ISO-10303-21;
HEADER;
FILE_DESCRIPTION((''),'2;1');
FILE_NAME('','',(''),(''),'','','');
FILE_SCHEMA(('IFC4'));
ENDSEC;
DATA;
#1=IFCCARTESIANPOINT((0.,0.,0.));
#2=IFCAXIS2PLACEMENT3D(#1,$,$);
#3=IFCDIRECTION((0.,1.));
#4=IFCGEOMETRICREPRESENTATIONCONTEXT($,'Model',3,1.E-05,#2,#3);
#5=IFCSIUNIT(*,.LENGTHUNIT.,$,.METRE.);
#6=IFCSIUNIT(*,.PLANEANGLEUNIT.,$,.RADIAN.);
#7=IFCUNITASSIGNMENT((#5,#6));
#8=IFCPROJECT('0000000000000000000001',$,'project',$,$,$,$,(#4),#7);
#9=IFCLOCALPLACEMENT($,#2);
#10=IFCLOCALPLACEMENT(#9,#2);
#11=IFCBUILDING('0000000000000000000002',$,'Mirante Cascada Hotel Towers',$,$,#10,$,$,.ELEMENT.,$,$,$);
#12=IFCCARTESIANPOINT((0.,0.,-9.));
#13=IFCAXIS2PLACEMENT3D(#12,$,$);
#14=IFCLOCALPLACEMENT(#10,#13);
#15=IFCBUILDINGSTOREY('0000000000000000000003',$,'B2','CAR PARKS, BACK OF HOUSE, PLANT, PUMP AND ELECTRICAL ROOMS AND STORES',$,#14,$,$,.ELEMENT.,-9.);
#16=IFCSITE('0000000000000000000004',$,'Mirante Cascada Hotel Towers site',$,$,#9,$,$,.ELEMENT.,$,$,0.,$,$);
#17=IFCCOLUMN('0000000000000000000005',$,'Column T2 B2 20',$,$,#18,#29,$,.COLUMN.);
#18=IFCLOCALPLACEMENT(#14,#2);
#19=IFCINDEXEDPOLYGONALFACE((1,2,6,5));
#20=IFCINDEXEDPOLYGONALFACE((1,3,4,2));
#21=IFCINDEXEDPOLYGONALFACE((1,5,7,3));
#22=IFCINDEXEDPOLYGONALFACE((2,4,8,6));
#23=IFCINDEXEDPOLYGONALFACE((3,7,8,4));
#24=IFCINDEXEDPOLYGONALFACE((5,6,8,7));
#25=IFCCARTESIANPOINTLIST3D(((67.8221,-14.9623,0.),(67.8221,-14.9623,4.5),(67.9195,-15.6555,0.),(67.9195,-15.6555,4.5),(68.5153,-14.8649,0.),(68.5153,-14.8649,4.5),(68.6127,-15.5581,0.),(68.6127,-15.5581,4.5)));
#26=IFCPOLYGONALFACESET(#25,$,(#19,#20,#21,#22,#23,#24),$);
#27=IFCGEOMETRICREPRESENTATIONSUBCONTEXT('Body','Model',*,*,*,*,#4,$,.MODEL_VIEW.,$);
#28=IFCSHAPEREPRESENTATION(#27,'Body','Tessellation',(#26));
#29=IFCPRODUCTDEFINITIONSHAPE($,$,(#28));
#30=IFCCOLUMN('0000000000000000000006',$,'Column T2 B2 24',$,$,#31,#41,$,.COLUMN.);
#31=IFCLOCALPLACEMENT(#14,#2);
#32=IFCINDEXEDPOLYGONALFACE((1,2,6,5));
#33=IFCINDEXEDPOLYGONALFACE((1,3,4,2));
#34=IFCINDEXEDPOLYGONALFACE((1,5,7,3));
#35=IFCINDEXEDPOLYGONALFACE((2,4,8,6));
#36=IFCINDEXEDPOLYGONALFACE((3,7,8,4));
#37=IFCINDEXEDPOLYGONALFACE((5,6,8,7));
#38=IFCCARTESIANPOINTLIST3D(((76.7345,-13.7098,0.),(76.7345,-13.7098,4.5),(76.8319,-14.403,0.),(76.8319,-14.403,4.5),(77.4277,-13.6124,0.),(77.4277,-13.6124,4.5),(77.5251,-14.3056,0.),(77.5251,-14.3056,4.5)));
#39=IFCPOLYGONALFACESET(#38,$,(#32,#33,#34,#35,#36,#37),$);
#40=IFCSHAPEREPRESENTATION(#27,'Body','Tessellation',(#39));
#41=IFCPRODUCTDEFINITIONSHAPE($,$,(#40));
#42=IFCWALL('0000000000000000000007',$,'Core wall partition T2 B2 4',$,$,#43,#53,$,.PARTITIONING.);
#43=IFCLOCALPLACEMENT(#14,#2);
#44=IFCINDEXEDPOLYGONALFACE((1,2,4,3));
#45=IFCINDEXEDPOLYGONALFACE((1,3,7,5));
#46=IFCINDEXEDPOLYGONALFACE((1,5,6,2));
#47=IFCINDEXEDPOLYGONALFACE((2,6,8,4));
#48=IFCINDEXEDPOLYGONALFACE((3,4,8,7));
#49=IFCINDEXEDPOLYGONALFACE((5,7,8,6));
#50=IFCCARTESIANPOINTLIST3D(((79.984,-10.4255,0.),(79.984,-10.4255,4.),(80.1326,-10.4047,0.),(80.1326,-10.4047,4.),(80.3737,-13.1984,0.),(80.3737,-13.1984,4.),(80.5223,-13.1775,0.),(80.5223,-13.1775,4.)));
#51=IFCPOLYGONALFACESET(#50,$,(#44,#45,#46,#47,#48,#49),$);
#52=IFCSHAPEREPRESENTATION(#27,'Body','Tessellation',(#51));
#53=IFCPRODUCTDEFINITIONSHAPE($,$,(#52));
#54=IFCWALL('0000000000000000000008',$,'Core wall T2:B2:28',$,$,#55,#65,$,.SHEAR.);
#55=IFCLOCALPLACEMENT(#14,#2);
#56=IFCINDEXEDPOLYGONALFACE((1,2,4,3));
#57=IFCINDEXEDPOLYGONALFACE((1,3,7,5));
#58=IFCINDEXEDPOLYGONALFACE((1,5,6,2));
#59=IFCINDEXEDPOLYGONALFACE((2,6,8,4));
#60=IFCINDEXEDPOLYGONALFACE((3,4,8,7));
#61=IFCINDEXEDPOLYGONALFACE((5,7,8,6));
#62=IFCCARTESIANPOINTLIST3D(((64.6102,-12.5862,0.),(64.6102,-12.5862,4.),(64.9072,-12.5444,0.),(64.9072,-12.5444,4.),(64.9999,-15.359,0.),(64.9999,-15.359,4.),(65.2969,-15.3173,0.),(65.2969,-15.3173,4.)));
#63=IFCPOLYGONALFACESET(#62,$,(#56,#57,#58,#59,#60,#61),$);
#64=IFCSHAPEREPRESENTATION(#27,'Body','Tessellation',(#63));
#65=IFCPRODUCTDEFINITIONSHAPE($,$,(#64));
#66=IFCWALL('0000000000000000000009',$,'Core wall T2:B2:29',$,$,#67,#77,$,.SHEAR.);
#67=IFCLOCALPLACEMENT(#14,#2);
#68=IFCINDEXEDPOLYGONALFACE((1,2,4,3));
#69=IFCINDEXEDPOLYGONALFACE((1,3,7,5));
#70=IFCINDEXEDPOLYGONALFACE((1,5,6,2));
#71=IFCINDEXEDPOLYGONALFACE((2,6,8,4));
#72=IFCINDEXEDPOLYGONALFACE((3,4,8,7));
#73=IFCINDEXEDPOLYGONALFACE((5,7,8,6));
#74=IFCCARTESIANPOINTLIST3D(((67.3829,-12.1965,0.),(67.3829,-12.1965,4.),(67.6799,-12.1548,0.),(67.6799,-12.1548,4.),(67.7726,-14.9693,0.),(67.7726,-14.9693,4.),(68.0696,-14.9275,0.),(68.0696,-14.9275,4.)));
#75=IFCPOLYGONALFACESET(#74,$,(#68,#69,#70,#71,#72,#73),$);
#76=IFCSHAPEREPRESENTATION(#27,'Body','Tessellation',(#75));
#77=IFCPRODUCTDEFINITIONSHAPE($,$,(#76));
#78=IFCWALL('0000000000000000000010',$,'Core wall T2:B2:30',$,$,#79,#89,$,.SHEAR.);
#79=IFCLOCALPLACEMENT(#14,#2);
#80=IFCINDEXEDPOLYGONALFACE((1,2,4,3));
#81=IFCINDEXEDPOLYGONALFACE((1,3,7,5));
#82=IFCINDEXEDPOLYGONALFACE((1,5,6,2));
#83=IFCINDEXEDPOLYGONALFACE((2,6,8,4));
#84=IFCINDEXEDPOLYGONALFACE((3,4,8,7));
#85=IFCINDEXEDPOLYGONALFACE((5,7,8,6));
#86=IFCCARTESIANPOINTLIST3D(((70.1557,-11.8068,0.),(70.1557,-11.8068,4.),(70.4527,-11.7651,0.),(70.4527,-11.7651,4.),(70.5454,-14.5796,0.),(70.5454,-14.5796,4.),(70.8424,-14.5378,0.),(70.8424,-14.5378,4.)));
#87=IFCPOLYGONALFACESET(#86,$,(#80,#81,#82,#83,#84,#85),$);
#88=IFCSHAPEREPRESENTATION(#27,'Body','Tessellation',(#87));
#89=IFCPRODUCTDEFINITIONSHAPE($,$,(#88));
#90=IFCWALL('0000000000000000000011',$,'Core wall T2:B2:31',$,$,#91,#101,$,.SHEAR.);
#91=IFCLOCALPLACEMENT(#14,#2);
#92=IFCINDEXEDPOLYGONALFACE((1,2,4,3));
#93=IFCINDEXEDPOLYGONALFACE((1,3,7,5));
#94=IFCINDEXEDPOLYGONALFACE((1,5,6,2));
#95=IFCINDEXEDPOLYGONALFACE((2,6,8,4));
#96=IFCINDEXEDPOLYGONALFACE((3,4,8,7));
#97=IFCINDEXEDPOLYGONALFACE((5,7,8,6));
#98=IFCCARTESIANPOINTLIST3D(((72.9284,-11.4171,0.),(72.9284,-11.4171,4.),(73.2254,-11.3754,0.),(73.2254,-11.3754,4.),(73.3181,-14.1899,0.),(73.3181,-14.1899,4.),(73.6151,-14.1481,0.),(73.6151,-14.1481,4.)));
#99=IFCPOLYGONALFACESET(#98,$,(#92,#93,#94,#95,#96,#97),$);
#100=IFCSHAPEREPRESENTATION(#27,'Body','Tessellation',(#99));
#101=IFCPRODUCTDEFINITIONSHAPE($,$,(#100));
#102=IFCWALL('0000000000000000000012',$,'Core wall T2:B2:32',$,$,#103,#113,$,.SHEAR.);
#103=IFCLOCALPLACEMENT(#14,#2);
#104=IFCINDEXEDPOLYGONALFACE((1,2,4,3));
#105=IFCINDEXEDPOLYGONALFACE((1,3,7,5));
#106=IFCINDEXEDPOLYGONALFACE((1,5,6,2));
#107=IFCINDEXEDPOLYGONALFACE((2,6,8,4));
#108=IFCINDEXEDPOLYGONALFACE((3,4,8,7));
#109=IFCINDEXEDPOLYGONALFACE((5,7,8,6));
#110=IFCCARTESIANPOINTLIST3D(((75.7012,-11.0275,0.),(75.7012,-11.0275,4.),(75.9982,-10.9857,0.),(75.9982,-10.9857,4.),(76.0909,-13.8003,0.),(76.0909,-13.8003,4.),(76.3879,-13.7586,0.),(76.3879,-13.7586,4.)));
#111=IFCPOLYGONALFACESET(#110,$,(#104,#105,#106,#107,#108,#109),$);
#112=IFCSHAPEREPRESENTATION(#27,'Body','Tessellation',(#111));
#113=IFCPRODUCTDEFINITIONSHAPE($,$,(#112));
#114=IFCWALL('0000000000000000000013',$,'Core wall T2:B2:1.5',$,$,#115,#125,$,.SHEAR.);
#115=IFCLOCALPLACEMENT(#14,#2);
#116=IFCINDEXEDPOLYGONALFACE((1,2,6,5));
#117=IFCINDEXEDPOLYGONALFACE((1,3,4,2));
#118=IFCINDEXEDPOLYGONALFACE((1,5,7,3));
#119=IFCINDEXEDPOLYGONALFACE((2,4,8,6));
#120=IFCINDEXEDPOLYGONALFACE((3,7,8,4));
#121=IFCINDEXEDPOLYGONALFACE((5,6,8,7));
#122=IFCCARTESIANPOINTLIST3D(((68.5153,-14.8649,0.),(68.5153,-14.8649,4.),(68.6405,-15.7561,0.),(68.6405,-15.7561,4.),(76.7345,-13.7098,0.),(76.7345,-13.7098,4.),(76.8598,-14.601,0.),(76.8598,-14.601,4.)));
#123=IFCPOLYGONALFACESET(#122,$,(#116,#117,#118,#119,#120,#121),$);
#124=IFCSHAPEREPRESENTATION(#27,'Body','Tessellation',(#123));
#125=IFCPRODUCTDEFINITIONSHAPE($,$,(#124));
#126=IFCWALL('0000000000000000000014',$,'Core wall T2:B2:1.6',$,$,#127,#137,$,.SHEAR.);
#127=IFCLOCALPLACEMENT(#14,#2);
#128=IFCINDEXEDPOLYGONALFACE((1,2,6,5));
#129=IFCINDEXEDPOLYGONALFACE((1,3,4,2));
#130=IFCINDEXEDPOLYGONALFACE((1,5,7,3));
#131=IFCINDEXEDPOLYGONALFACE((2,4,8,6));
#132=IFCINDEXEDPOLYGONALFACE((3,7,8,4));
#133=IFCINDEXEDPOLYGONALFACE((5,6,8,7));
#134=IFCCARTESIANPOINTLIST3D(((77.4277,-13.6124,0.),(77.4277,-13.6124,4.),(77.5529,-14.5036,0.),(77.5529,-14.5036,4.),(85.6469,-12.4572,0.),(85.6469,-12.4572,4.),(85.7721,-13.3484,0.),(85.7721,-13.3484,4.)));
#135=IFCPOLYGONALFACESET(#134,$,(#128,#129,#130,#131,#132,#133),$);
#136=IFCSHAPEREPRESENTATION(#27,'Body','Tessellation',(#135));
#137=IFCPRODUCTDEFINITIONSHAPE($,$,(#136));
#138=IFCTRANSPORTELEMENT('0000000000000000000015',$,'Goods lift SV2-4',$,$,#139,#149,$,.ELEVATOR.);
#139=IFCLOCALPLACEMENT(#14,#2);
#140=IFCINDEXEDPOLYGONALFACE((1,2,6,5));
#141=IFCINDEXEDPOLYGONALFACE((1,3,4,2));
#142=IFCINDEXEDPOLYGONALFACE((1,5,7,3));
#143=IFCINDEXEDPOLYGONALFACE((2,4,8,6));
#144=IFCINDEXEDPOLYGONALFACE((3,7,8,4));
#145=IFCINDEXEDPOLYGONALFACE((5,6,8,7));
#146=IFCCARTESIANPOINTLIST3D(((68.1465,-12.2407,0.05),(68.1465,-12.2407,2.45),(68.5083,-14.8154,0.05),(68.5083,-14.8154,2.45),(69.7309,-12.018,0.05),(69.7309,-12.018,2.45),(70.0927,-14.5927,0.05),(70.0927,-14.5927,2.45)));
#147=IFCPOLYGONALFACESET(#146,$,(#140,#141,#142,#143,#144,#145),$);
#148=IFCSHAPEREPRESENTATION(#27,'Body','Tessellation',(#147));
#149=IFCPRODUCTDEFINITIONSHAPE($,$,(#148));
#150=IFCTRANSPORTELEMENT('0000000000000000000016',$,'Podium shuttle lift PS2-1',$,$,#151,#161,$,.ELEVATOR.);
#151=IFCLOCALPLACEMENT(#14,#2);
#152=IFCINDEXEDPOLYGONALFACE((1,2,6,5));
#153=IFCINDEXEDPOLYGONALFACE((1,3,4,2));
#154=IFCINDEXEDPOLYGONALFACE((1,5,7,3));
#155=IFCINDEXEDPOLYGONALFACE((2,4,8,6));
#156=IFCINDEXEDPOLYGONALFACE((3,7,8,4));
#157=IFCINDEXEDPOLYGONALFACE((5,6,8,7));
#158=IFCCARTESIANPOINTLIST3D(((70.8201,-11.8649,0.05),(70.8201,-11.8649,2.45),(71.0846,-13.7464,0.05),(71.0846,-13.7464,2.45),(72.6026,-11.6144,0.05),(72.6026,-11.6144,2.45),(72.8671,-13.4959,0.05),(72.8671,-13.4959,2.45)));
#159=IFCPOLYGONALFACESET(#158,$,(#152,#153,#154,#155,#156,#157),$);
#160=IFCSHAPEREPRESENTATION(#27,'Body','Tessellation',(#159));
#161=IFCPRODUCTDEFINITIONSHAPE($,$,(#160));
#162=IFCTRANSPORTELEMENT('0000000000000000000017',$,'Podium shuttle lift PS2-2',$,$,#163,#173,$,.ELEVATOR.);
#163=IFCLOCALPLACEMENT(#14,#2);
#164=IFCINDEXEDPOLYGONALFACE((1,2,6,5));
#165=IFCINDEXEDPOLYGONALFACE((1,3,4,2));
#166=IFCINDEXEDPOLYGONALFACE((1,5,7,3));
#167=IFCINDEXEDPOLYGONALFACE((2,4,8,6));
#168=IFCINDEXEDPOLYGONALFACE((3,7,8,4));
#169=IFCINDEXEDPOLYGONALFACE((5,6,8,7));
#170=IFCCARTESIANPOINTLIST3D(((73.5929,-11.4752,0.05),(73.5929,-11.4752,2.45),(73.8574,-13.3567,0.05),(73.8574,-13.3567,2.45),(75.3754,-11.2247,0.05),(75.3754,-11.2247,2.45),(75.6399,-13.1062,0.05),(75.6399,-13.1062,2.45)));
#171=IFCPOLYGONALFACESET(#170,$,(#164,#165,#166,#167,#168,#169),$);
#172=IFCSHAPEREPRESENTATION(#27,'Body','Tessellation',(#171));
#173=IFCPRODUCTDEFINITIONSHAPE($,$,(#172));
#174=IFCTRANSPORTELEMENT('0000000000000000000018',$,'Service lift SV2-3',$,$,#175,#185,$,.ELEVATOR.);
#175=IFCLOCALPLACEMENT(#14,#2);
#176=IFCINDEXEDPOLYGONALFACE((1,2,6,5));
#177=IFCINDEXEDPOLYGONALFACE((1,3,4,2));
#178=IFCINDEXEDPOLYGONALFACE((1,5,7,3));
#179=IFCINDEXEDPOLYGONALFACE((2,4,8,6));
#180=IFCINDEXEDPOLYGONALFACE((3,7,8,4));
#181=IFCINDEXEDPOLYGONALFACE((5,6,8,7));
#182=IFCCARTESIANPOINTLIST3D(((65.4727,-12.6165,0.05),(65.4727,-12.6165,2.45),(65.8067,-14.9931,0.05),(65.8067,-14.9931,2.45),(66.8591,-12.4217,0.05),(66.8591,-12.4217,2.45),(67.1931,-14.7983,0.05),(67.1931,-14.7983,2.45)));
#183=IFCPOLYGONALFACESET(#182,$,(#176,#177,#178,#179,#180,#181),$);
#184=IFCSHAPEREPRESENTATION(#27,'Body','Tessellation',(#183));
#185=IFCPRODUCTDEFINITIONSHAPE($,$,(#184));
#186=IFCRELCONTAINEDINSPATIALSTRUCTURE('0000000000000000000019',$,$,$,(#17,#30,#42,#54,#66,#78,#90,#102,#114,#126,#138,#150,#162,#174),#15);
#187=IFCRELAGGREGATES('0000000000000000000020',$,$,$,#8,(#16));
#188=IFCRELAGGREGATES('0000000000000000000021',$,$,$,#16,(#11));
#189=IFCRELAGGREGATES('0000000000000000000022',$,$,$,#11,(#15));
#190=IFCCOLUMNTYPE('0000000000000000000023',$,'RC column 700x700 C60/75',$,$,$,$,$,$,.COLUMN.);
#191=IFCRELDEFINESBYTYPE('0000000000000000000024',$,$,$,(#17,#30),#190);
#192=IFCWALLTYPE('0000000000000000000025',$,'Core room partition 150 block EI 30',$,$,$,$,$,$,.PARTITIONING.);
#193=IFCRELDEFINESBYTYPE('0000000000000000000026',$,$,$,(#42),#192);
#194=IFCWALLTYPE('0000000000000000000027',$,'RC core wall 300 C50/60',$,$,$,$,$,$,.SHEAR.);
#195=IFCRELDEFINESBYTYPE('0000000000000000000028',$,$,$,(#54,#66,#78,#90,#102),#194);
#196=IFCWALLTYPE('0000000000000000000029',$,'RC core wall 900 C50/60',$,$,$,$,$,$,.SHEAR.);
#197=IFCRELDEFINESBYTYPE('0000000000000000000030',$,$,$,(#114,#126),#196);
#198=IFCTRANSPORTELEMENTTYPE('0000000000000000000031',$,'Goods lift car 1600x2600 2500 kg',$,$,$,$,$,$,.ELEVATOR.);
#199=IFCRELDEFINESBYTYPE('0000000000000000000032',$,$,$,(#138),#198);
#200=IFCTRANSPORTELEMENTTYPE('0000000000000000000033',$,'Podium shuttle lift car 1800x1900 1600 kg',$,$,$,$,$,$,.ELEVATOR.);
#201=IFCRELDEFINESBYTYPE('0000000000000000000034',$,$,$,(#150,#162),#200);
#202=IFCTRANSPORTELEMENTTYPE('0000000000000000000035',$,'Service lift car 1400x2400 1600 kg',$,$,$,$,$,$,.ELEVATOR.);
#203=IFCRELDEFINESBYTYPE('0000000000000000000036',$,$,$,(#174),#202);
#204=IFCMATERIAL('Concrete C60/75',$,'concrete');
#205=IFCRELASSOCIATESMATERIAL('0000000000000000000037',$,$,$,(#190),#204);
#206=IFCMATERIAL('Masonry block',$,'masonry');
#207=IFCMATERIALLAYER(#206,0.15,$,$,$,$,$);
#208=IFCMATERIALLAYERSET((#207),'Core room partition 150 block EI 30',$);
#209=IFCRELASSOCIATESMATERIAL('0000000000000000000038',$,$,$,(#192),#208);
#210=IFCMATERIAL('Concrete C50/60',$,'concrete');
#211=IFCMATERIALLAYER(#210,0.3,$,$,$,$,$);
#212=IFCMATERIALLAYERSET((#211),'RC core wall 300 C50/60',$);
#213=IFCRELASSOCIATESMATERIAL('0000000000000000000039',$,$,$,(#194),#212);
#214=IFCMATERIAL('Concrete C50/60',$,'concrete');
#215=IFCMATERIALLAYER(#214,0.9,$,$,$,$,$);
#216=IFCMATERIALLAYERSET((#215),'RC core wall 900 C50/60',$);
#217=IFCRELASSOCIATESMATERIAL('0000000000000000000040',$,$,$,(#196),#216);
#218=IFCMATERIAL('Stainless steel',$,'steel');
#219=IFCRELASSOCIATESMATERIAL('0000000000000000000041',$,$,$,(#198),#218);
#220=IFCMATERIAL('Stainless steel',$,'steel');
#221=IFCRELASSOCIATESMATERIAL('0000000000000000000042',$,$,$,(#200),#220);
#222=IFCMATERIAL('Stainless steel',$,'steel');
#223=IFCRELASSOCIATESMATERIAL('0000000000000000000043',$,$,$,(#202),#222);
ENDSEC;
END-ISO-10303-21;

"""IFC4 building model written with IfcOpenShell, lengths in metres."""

from ifc_helpers import new_model, si_unit, direction, frame, frame_2d, origin, origin_2d, place, context, subcontext, project, spatial, rectangle, extrude, material, layer, layer_set, material_profile, profile_set, type_object, element, save


model = new_model("IFC4")

# Units and contexts
model_context = context("Model", 3, precision=1e-05, world=origin(), true_north=direction((0.0, 1.0)))
body_context = subcontext(model_context, "Body", "Model", "MODEL_VIEW")
ifc_project = project(units=[si_unit("LENGTHUNIT", "METRE"), si_unit("PLANEANGLEUNIT", "RADIAN")], contexts=[model_context])

# Site, building, storey
site_placement = place(None, origin())
site = spatial("IfcSite", under=ifc_project, at=site_placement, Name="Mirante Cascada Hotel Towers site", CompositionType="ELEMENT", RefElevation=0.0)
building_placement = place(site_placement, origin())
building = spatial("IfcBuilding", under=site, at=building_placement, Name="Mirante Cascada Hotel Towers", CompositionType="ELEMENT")
storey_placement = place(building_placement, frame((0.0, 0.0, -9.0)))
storey = spatial("IfcBuildingStorey", under=building, at=storey_placement, Name="B2", Description="CAR PARKS, BACK OF HOUSE, PLANT, PUMP AND ELECTRICAL ROOMS AND STORES", CompositionType="ELEMENT", Elevation=-9.0)

# Columns
ifc_material_1 = material(Name="Concrete C60/75", Category="concrete")
ifc_material_profile_1 = material_profile(ifc_material_1, rectangle(XDim=0.7, YDim=0.7, at=origin_2d()), Name="RC column 700x700 C60/75")
ifc_profile_set_1 = profile_set([ifc_material_profile_1], Name="Concrete C60/75")
column_type_1 = type_object("IfcColumnType", Name="RC column 700x700 C60/75", PredefinedType="COLUMN", material=ifc_profile_set_1)
for number, where, z_axis, x_axis, name in (
    (1, (68.2174, -15.2602, 0.0), (0.0, 0.0, 1.0), (0.990268, 0.139173, 0.0), "Column T2 B2 20"),
    (2, (77.1298, -14.0077, 0.0), (0.0, 0.0, 1.0), (0.990268, 0.139173, 0.0), "Column T2 B2 24"),
):
    element("IfcColumn", number, at=place(storey_placement, frame(where, z_axis=z_axis, x_axis=x_axis)), inside=storey, type_object=column_type_1, Name=name, PredefinedType="COLUMN", context=body_context, shape_type="SweptSolid", body=[
        extrude(rectangle(XDim=0.7, YDim=0.7, at=origin_2d()), origin(), (0.0, 0.0, 1.0), 4.5),
    ])

# Walls
ifc_material_2 = material(Name="Masonry block", Category="masonry")
ifc_layer_1 = layer(ifc_material_2, 0.15)
ifc_layer_set_1 = layer_set([ifc_layer_1], Name="Core room partition 150 block EI 30")
wall_type_1 = type_object("IfcWallType", Name="Core room partition 150 block EI 30", PredefinedType="PARTITIONING", material=ifc_layer_set_1)
wall_1_placement = place(storey_placement, frame((80.448, -13.1879, 0.0), z_axis=(0.0, 0.0, 1.0), x_axis=(-0.139176, 0.990268, 0.0)))
element("IfcWall", 3, at=wall_1_placement, inside=storey, type_object=wall_type_1, Name="Core wall partition T2 B2 4", PredefinedType="PARTITIONING", context=body_context, shape_type="SweptSolid", body=[
    extrude(rectangle(XDim=2.8001, YDim=0.15, at=frame_2d((1.4, 0.0))), origin(), (0.0, 0.0, 1.0), 4.0),
])
ifc_material_3 = material(Name="Concrete C50/60", Category="concrete")
ifc_layer_2 = layer(ifc_material_3, 0.3)
ifc_layer_set_2 = layer_set([ifc_layer_2], Name="RC core wall 300 C50/60")
wall_type_2 = type_object("IfcWallType", Name="RC core wall 300 C50/60", PredefinedType="SHEAR", material=ifc_layer_set_2)
wall_2_placement = place(storey_placement, frame((65.1484, -15.3381, 0.0), z_axis=(0.0, 0.0, 1.0), x_axis=(-0.139176, 0.990268, 0.0)))
element("IfcWall", 4, at=wall_2_placement, inside=storey, type_object=wall_type_2, Name="Core wall T2:B2:28", PredefinedType="SHEAR", context=body_context, shape_type="SweptSolid", body=[
    extrude(rectangle(XDim=2.8001, YDim=0.3, at=frame_2d((1.4, 0.0))), origin(), (0.0, 0.0, 1.0), 4.0),
])
for number, where, z_axis, x_axis, name in (
    (5, (67.9211, -14.9484, 0.0), (0.0, 0.0, 1.0), (-0.139181, 0.990267, 0.0), "Core wall T2:B2:29"),
    (6, (70.6939, -14.5587, 0.0), (0.0, 0.0, 1.0), (-0.139181, 0.990267, 0.0), "Core wall T2:B2:30"),
    (7, (73.4666, -14.169, 0.0), (0.0, 0.0, 1.0), (-0.139181, 0.990267, 0.0), "Core wall T2:B2:31"),
):
    element("IfcWall", number, at=place(storey_placement, frame(where, z_axis=z_axis, x_axis=x_axis)), inside=storey, type_object=wall_type_2, Name=name, PredefinedType="SHEAR", context=body_context, shape_type="SweptSolid", body=[
        extrude(rectangle(XDim=2.8, YDim=0.3, at=frame_2d((1.4, 0.0))), origin(), (0.0, 0.0, 1.0), 4.0),
    ])
wall_3_placement = place(storey_placement, frame((76.2394, -13.7794, 0.0), z_axis=(0.0, 0.0, 1.0), x_axis=(-0.139176, 0.990268, 0.0)))
element("IfcWall", 8, at=wall_3_placement, inside=storey, type_object=wall_type_2, Name="Core wall T2:B2:32", PredefinedType="SHEAR", context=body_context, shape_type="SweptSolid", body=[
    extrude(rectangle(XDim=2.8001, YDim=0.3, at=frame_2d((1.4, 0.0))), origin(), (0.0, 0.0, 1.0), 4.0),
])
ifc_material_4 = material(Name="Concrete C50/60", Category="concrete")
ifc_layer_3 = layer(ifc_material_4, 0.9)
ifc_layer_set_3 = layer_set([ifc_layer_3], Name="RC core wall 900 C50/60")
wall_type_3 = type_object("IfcWallType", Name="RC core wall 900 C50/60", PredefinedType="SHEAR", material=ifc_layer_set_3)
for number, where, z_axis, x_axis, name in (
    (9, (68.5779, -15.3105, 0.0), (0.0, 0.0, 1.0), (0.990269, 0.139169, 0.0), "Core wall T2:B2:1.5"),
    (10, (77.4903, -14.058, 0.0), (0.0, 0.0, 1.0), (0.990267, 0.139181, 0.0), "Core wall T2:B2:1.6"),
):
    element("IfcWall", number, at=place(storey_placement, frame(where, z_axis=z_axis, x_axis=x_axis)), inside=storey, type_object=wall_type_3, Name=name, PredefinedType="SHEAR", context=body_context, shape_type="SweptSolid", body=[
        extrude(rectangle(XDim=8.3, YDim=0.9, at=frame_2d((4.15, 0.0))), origin(), (0.0, 0.0, 1.0), 4.0),
    ])

# Transport elements
ifc_material_5 = material(Name="Stainless steel", Category="steel")
transport_element_type_1 = type_object("IfcTransportElementType", Name="Goods lift car 1600x2600 2500 kg", PredefinedType="ELEVATOR", material=ifc_material_5)
transport_element_1_placement = place(storey_placement, frame((69.1196, -13.4167, 0.05), z_axis=(0.0, 0.0, 1.0), x_axis=(0.990268, 0.139173, 0.0)))
element("IfcTransportElement", 11, at=transport_element_1_placement, inside=storey, type_object=transport_element_type_1, Name="Goods lift SV2-4", PredefinedType="ELEVATOR", context=body_context, shape_type="SweptSolid", body=[
    extrude(rectangle(XDim=1.6, YDim=2.6, at=origin_2d()), origin(), (0.0, 0.0, 1.0), 2.4),
])
ifc_material_6 = material(Name="Stainless steel", Category="steel")
transport_element_type_2 = type_object("IfcTransportElementType", Name="Podium shuttle lift car 1800x1900 1600 kg", PredefinedType="ELEVATOR", material=ifc_material_6)
for number, where, z_axis, x_axis, name in (
    (12, (71.8436, -12.6804, 0.05), (0.0, 0.0, 1.0), (0.990268, 0.139173, 0.0), "Podium shuttle lift PS2-1"),
    (13, (74.6164, -12.2907, 0.05), (0.0, 0.0, 1.0), (0.990268, 0.139173, 0.0), "Podium shuttle lift PS2-2"),
):
    element("IfcTransportElement", number, at=place(storey_placement, frame(where, z_axis=z_axis, x_axis=x_axis)), inside=storey, type_object=transport_element_type_2, Name=name, PredefinedType="ELEVATOR", context=body_context, shape_type="SweptSolid", body=[
        extrude(rectangle(XDim=1.8, YDim=1.9, at=origin_2d()), origin(), (0.0, 0.0, 1.0), 2.4),
    ])
ifc_material_7 = material(Name="Stainless steel", Category="steel")
transport_element_type_3 = type_object("IfcTransportElementType", Name="Service lift car 1400x2400 1600 kg", PredefinedType="ELEVATOR", material=ifc_material_7)
transport_element_2_placement = place(storey_placement, frame((66.3329, -13.7074, 0.05), z_axis=(0.0, 0.0, 1.0), x_axis=(0.990268, 0.139173, 0.0)))
element("IfcTransportElement", 14, at=transport_element_2_placement, inside=storey, type_object=transport_element_type_3, Name="Service lift SV2-3", PredefinedType="ELEVATOR", context=body_context, shape_type="SweptSolid", body=[
    extrude(rectangle(XDim=1.4, YDim=2.4, at=origin_2d()), origin(), (0.0, 0.0, 1.0), 2.4),
])

save(model, "model.ifc")
